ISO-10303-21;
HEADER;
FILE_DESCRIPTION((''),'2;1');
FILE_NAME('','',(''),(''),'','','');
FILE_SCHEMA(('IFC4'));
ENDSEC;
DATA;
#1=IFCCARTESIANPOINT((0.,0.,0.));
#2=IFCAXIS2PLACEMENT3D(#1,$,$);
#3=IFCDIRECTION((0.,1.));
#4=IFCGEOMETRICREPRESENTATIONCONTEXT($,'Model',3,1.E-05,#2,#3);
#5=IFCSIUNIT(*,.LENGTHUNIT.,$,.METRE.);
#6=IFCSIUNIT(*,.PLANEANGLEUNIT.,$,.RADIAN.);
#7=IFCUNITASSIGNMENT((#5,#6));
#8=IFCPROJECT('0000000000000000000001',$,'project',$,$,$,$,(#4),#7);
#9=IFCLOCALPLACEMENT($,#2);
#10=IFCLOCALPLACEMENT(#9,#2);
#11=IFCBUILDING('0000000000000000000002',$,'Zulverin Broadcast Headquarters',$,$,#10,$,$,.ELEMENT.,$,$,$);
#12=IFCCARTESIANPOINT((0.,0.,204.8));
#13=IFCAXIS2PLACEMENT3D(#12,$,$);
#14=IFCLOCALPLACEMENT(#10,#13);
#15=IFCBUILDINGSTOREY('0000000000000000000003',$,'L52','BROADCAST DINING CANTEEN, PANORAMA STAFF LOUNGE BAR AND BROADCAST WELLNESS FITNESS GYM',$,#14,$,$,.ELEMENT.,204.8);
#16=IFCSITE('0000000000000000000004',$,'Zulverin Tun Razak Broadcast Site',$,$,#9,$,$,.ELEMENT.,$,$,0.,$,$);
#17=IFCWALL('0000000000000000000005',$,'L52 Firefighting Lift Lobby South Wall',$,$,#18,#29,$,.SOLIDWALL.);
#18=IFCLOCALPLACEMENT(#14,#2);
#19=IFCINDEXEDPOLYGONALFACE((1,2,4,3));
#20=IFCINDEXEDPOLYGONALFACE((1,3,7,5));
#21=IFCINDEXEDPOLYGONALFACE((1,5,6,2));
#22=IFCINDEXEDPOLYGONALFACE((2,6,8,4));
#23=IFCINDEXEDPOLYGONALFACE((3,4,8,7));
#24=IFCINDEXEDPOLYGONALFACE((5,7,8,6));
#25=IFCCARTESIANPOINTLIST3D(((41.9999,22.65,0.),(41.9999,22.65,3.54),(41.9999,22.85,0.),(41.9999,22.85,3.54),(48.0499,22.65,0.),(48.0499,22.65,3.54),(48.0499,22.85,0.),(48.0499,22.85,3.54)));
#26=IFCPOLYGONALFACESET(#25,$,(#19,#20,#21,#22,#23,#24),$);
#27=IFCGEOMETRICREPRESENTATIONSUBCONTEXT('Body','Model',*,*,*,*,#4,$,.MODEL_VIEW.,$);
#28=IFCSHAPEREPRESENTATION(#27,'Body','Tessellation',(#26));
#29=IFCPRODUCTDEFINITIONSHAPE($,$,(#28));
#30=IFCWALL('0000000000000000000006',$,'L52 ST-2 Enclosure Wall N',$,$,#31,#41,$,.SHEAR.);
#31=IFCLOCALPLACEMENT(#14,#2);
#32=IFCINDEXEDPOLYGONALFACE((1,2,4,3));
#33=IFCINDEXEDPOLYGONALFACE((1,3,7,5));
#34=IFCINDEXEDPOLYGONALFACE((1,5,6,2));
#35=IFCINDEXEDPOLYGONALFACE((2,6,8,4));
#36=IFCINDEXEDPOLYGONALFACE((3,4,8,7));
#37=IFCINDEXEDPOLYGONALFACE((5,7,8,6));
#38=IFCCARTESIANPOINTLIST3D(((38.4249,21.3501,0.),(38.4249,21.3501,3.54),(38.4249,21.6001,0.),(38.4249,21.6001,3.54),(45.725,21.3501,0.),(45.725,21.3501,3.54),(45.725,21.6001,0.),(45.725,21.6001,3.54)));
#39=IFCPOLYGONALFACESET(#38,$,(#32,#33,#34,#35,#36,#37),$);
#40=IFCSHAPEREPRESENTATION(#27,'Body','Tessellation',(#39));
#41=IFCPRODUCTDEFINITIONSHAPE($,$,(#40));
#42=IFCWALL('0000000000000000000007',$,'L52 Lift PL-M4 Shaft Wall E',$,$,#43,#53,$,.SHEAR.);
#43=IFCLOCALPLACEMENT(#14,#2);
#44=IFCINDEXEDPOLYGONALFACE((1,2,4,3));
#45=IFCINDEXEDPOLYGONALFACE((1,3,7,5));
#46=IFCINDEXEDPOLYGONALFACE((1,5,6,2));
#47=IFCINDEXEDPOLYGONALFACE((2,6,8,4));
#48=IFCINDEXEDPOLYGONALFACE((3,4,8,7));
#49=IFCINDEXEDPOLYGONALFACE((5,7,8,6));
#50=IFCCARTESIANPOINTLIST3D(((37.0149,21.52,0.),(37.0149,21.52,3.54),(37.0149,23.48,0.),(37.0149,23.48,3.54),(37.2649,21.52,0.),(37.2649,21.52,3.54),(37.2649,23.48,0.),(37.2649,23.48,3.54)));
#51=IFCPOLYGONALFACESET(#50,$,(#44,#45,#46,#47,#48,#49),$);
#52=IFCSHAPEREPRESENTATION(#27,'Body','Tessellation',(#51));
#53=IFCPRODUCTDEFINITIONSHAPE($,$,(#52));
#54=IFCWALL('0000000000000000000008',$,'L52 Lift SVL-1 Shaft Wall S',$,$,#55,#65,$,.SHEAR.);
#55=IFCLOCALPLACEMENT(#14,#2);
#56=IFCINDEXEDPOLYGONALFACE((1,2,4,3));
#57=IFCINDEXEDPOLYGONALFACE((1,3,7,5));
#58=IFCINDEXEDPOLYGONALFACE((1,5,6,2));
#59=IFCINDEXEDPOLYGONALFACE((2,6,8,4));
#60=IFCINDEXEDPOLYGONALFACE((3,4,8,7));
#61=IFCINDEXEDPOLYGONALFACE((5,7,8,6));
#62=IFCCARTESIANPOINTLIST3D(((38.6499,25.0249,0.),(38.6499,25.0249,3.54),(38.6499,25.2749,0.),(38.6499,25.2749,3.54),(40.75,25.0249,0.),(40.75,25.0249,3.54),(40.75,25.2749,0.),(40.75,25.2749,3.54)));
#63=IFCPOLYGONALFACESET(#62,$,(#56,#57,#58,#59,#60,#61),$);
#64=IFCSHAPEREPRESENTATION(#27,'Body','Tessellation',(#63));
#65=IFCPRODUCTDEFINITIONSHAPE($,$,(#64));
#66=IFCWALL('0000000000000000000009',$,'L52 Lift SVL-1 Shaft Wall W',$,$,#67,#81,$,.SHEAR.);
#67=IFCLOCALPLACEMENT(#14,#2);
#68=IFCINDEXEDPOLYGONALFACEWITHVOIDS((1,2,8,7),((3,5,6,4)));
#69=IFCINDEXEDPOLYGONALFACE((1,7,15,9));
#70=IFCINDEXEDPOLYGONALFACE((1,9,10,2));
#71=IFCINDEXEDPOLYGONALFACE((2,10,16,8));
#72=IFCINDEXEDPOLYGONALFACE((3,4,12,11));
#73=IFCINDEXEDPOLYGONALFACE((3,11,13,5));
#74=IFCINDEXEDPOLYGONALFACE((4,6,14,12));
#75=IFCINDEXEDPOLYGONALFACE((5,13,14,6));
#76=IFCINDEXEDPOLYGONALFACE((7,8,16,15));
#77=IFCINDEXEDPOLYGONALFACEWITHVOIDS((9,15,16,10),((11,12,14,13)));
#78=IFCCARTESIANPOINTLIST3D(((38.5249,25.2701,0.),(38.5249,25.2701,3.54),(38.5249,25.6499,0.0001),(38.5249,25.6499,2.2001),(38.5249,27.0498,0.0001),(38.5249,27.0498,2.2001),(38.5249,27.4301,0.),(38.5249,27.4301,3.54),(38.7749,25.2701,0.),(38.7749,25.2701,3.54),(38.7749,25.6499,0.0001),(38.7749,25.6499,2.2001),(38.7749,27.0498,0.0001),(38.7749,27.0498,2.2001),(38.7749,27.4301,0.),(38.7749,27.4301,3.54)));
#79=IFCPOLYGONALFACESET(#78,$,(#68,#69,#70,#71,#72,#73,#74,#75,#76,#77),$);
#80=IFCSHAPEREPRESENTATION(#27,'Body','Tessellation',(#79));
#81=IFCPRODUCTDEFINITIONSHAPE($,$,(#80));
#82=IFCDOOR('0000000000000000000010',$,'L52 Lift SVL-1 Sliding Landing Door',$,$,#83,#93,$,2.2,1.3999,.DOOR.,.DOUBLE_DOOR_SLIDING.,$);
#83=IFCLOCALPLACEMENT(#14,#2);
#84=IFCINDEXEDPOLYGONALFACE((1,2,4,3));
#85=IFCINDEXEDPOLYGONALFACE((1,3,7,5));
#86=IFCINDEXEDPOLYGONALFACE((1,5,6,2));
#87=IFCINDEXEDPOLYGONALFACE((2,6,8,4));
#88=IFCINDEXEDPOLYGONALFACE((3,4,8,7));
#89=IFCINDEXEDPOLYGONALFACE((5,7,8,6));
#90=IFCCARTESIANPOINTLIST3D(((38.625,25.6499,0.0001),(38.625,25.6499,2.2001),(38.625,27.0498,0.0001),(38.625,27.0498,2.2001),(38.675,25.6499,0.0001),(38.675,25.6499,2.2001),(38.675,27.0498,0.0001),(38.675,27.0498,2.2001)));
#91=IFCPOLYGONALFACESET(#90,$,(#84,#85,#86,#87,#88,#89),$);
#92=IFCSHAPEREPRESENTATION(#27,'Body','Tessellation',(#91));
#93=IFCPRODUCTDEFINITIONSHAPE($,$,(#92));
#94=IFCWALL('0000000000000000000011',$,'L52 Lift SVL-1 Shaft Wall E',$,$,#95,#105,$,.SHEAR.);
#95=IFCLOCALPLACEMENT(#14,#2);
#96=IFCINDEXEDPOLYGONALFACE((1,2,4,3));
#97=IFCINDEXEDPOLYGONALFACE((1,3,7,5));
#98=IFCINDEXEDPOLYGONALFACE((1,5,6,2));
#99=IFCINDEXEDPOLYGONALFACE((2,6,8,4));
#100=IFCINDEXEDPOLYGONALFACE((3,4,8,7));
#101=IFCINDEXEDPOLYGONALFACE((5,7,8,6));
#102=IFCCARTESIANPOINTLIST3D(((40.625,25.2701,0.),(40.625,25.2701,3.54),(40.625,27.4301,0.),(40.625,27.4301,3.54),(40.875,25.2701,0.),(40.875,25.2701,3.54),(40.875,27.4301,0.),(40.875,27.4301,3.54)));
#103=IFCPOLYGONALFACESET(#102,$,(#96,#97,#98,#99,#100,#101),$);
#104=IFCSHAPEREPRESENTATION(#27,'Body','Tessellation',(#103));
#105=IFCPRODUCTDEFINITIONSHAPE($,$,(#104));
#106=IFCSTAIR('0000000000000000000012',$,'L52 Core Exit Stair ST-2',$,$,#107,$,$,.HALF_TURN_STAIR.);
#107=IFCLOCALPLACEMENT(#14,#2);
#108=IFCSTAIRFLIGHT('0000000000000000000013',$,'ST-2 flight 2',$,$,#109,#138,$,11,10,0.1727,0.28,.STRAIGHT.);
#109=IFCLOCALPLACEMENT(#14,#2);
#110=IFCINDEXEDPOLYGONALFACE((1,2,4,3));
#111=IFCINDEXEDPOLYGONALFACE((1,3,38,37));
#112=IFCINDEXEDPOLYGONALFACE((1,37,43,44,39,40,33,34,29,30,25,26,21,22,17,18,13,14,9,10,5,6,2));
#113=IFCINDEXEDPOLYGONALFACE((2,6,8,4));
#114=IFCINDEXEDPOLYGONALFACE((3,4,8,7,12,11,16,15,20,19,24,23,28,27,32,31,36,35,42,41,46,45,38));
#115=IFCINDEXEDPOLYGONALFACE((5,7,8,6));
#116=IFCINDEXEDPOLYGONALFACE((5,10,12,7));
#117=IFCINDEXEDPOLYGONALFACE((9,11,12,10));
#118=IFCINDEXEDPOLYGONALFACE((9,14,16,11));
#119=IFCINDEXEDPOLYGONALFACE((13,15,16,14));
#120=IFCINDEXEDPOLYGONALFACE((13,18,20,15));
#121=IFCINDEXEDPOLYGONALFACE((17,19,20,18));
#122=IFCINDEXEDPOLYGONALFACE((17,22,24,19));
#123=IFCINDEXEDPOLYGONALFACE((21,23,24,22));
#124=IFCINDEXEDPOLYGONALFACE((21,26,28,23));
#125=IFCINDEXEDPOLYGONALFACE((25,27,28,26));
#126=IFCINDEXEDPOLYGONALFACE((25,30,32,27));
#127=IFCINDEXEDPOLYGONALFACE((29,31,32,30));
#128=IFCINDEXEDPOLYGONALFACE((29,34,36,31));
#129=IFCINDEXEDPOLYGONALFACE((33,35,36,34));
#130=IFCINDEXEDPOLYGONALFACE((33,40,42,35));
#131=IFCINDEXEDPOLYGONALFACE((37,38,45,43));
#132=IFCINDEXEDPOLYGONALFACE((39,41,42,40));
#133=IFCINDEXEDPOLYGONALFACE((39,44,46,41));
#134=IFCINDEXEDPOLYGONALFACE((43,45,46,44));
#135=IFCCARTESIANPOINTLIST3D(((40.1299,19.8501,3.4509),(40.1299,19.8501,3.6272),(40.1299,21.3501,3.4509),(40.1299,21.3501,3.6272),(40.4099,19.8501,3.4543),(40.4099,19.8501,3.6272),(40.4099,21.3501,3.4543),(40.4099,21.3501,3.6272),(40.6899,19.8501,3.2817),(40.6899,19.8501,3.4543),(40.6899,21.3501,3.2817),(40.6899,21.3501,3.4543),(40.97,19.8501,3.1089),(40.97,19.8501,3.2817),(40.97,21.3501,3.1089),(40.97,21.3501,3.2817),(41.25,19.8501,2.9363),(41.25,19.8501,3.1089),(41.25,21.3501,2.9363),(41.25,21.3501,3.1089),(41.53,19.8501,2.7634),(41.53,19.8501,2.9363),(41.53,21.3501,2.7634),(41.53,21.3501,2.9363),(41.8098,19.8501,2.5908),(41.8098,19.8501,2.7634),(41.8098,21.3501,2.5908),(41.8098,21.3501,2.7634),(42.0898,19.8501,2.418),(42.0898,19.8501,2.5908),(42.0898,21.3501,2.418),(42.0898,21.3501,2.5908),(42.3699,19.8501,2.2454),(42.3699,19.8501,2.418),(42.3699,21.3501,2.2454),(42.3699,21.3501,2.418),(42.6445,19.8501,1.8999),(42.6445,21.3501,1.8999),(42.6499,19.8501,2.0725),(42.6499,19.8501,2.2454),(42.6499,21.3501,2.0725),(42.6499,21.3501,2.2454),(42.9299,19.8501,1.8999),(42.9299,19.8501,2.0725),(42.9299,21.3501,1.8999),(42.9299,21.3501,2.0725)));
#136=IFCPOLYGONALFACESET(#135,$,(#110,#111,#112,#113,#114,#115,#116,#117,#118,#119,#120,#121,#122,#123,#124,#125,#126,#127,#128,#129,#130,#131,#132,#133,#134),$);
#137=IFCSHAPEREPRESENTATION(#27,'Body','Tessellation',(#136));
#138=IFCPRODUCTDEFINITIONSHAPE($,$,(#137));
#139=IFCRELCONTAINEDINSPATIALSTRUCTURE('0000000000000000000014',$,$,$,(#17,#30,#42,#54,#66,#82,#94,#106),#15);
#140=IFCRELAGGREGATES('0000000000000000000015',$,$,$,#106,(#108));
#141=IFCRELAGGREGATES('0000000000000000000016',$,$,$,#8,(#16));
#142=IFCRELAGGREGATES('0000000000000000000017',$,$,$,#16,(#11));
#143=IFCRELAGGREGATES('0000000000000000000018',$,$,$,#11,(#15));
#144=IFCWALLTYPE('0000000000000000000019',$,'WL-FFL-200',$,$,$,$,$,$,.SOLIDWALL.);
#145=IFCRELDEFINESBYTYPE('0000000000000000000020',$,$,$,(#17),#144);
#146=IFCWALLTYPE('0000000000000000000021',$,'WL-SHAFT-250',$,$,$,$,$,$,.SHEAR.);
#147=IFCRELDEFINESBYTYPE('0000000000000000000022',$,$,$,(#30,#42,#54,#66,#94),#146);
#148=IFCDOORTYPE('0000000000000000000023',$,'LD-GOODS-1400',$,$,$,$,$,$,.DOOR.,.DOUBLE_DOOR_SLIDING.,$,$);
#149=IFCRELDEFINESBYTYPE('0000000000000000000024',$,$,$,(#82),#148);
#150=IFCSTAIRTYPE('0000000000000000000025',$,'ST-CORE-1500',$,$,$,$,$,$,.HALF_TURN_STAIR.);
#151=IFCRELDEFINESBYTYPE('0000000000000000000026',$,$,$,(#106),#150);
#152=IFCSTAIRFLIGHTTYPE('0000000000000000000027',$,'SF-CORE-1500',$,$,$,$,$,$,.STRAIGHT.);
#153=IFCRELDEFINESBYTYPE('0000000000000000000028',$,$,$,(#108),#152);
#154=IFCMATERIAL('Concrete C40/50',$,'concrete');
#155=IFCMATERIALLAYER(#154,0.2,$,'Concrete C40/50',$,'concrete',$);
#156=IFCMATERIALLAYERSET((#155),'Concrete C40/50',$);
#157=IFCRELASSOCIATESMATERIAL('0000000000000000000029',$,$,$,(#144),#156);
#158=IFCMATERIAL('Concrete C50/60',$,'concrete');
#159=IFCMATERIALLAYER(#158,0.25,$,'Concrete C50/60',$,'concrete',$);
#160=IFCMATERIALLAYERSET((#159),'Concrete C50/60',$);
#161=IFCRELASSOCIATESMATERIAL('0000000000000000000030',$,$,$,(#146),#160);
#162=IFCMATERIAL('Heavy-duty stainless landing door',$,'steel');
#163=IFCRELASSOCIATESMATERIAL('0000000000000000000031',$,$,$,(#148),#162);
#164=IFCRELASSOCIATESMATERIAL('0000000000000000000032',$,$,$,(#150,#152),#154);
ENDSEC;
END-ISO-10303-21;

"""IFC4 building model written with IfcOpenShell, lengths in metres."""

from ifc_helpers import new_model, si_unit, direction, frame, frame_2d, origin, place, context, subcontext, project, spatial, polyline, rectangle, outline, extrude, material, layer, layer_set, type_object, element, fill, aggregate, save


model = new_model("IFC4")

# Units and contexts
model_context = context("Model", 3, precision=1e-05, world=origin(), true_north=direction((0.0, 1.0)))
body_context = subcontext(model_context, "Body", "Model", "MODEL_VIEW")
ifc_project = project(units=[si_unit("LENGTHUNIT", "METRE"), si_unit("PLANEANGLEUNIT", "RADIAN")], contexts=[model_context])

# Site, building, storey
site_placement = place(None, origin())
site = spatial("IfcSite", under=ifc_project, at=site_placement, Name="Zulverin Tun Razak Broadcast Site", CompositionType="ELEMENT", RefElevation=0.0)
building_placement = place(site_placement, origin())
building = spatial("IfcBuilding", under=site, at=building_placement, Name="Zulverin Broadcast Headquarters", CompositionType="ELEMENT")
storey_placement = place(building_placement, frame((0.0, 0.0, 204.8)))
storey = spatial("IfcBuildingStorey", under=building, at=storey_placement, Name="L52", Description="BROADCAST DINING CANTEEN, PANORAMA STAFF LOUNGE BAR AND BROADCAST WELLNESS FITNESS GYM", CompositionType="ELEMENT", Elevation=204.8)

# Shared definitions
ifc_material_1 = material(Name="Concrete C40/50", Category="concrete")
ifc_layer_1 = layer(ifc_material_1, 0.2, Name="Concrete C40/50", Category="concrete")
ifc_layer_set_1 = layer_set([ifc_layer_1], Name="Concrete C40/50")
wall_type_1 = type_object("IfcWallType", Name="WL-FFL-200", PredefinedType="SOLIDWALL", material=ifc_layer_set_1)

# Wall
wall_1_placement = place(storey_placement, frame((42.0, 22.75, 0.0), z_axis=(0.0, 0.0, 1.0), x_axis=(1.0, 0.0, 0.0)))
element("IfcWall", 1, at=wall_1_placement, inside=storey, type_object=wall_type_1, Name="L52 Firefighting Lift Lobby South Wall", PredefinedType="SOLIDWALL", context=body_context, shape_type="SweptSolid", body=[
    extrude(rectangle(XDim=6.05, YDim=0.2, at=frame_2d((3.0249, 0.0))), origin(), (0.0, 0.0, 1.0), 3.54),
])

# Walls
ifc_material_2 = material(Name="Concrete C50/60", Category="concrete")
ifc_layer_2 = layer(ifc_material_2, 0.25, Name="Concrete C50/60", Category="concrete")
ifc_layer_set_2 = layer_set([ifc_layer_2], Name="Concrete C50/60")
wall_type_2 = type_object("IfcWallType", Name="WL-SHAFT-250", PredefinedType="SHEAR", material=ifc_layer_set_2)
wall_2_placement = place(storey_placement, frame((38.425, 21.4751, 0.0), z_axis=(0.0, 0.0, 1.0), x_axis=(1.0, 0.0, 0.0)))
element("IfcWall", 2, at=wall_2_placement, inside=storey, type_object=wall_type_2, Name="L52 ST-2 Enclosure Wall N", PredefinedType="SHEAR", context=body_context, shape_type="SweptSolid", body=[
    extrude(rectangle(XDim=7.3, YDim=0.25, at=frame_2d((3.6499, 0.0))), origin(), (0.0, 0.0, 1.0), 3.54),
])
wall_3_placement = place(storey_placement, frame((37.1399, 21.52, 0.0), z_axis=(0.0, 0.0, 1.0), x_axis=(0.0, 1.0, 0.0)))
element("IfcWall", 3, at=wall_3_placement, inside=storey, type_object=wall_type_2, Name="L52 Lift PL-M4 Shaft Wall E", PredefinedType="SHEAR", context=body_context, shape_type="SweptSolid", body=[
    extrude(rectangle(XDim=1.96, YDim=0.25, at=frame_2d((0.98, 0.0))), origin(), (0.0, 0.0, 1.0), 3.54),
])

# Wall
wall_4_placement = place(storey_placement, frame((38.6499, 25.1499, 0.0), z_axis=(0.0, 0.0, 1.0), x_axis=(1.0, 0.0, 0.0)))
element("IfcWall", 4, at=wall_4_placement, inside=storey, type_object=wall_type_2, Name="L52 Lift SVL-1 Shaft Wall S", PredefinedType="SHEAR", context=body_context, shape_type="SweptSolid", body=[
    extrude(rectangle(XDim=2.1001, YDim=0.25, at=frame_2d((1.05, 0.0))), origin(), (0.0, 0.0, 1.0), 3.54),
])

# Wall, opening, door
wall_5_placement = place(storey_placement, frame((38.6499, 25.27, 0.0), z_axis=(0.0, 0.0, 1.0), x_axis=(0.0, 1.0, 0.0)))
wall_5 = element("IfcWall", 5, at=wall_5_placement, inside=storey, type_object=wall_type_2, Name="L52 Lift SVL-1 Shaft Wall W", PredefinedType="SHEAR", context=body_context, shape_type="SweptSolid", body=[
    extrude(rectangle(XDim=2.1599, YDim=0.25, at=frame_2d((1.0801, 0.0))), origin(), (0.0, 0.0, 1.0), 3.54),
])
opening_1_placement = place(wall_5_placement, frame((0.3799, 0.0, 0.0)))
opening_1 = element("IfcOpeningElement", 6, at=opening_1_placement, cuts=wall_5, PredefinedType="OPENING", context=body_context, shape_type="SweptSolid", body=[
    extrude(rectangle(XDim=1.3999, YDim=2.2, at=frame_2d((0.7, 1.1001))), frame((0.0, 0.135, 0.0), z_axis=(0.0, -1.0, 0.0), x_axis=(1.0, 0.0, 0.0)), (0.0, 0.0, 1.0), 0.27),
])
ifc_material_3 = material(Name="Heavy-duty stainless landing door", Category="steel")
door_type_1 = type_object("IfcDoorType", Name="LD-GOODS-1400", OperationType="DOUBLE_DOOR_SLIDING", PredefinedType="DOOR", material=ifc_material_3)
door_1_placement = place(opening_1_placement, origin())
door_1 = element("IfcDoor", 7, at=door_1_placement, inside=storey, type_object=door_type_1, Name="L52 Lift SVL-1 Sliding Landing Door", OperationType="DOUBLE_DOOR_SLIDING", OverallHeight=2.2, OverallWidth=1.3999, PredefinedType="DOOR", context=body_context, shape_type="SweptSolid", body=[
    extrude(rectangle(XDim=1.3999, YDim=2.2, at=frame_2d((0.7, 1.1001))), frame((0.0, 0.0249, 0.0), z_axis=(0.0, -1.0, 0.0), x_axis=(1.0, 0.0, 0.0)), (0.0, 0.0, 1.0), 0.05),
])
fill(opening_1, door_1)

# Wall
wall_6_placement = place(storey_placement, frame((40.75, 25.27, 0.0), z_axis=(0.0, 0.0, 1.0), x_axis=(0.0, 1.0, 0.0)))
element("IfcWall", 8, at=wall_6_placement, inside=storey, type_object=wall_type_2, Name="L52 Lift SVL-1 Shaft Wall E", PredefinedType="SHEAR", context=body_context, shape_type="SweptSolid", body=[
    extrude(rectangle(XDim=2.1599, YDim=0.25, at=frame_2d((1.0801, 0.0))), origin(), (0.0, 0.0, 1.0), 3.54),
])

# Stair, stair flight
stair_type = type_object("IfcStairType", Name="ST-CORE-1500", PredefinedType="HALF_TURN_STAIR", material=ifc_material_1)
stair_placement = place(storey_placement, origin())
stair = element("IfcStair", 9, at=stair_placement, inside=storey, type_object=stair_type, Name="L52 Core Exit Stair ST-2", PredefinedType="HALF_TURN_STAIR")
stair_flight_type = type_object("IfcStairFlightType", Name="SF-CORE-1500", PredefinedType="STRAIGHT", material=ifc_material_1)
stair_flight_placement = place(storey_placement, frame((42.9299, 20.6001, 1.8999), z_axis=(0.0, 0.0, 1.0), x_axis=(-1.0, 0.0, 0.0)))
stair_flight = element("IfcStairFlight", 10, at=stair_flight_placement, type_object=stair_flight_type, Name="ST-2 flight 2", NumberOfRisers=11, NumberOfTreads=10, PredefinedType="STRAIGHT", RiserHeight=0.1727, TreadLength=0.28, context=body_context, shape_type="SweptSolid", body=[
    extrude(outline(polyline([(0.0, 0.0), (0.0, 0.1726), (0.28, 0.1726), (0.28, 0.3455), (0.5601, 0.3455), (0.5601, 0.5181), (0.8401, 0.5181), (0.8401, 0.6909), (1.1201, 0.6909), (1.1201, 0.8635), (1.3999, 0.8635), (1.3999, 1.0364), (1.6799, 1.0364), (1.6799, 1.209), (1.96, 1.209), (1.96, 1.3818), (2.24, 1.3818), (2.24, 1.5544), (2.52, 1.5544), (2.52, 1.7273), (2.8, 1.7273), (2.8, 1.8999), (2.8, 1.551), (0.2854, 0.0), (0.0, 0.0)])), frame((0.0, 0.75, 0.0), z_axis=(0.0, -1.0, 0.0), x_axis=(1.0, 0.0, 0.0)), (0.0, 0.0, 1.0), 1.5),
])
aggregate(stair, [stair_flight])

save(model, "model.ifc")
